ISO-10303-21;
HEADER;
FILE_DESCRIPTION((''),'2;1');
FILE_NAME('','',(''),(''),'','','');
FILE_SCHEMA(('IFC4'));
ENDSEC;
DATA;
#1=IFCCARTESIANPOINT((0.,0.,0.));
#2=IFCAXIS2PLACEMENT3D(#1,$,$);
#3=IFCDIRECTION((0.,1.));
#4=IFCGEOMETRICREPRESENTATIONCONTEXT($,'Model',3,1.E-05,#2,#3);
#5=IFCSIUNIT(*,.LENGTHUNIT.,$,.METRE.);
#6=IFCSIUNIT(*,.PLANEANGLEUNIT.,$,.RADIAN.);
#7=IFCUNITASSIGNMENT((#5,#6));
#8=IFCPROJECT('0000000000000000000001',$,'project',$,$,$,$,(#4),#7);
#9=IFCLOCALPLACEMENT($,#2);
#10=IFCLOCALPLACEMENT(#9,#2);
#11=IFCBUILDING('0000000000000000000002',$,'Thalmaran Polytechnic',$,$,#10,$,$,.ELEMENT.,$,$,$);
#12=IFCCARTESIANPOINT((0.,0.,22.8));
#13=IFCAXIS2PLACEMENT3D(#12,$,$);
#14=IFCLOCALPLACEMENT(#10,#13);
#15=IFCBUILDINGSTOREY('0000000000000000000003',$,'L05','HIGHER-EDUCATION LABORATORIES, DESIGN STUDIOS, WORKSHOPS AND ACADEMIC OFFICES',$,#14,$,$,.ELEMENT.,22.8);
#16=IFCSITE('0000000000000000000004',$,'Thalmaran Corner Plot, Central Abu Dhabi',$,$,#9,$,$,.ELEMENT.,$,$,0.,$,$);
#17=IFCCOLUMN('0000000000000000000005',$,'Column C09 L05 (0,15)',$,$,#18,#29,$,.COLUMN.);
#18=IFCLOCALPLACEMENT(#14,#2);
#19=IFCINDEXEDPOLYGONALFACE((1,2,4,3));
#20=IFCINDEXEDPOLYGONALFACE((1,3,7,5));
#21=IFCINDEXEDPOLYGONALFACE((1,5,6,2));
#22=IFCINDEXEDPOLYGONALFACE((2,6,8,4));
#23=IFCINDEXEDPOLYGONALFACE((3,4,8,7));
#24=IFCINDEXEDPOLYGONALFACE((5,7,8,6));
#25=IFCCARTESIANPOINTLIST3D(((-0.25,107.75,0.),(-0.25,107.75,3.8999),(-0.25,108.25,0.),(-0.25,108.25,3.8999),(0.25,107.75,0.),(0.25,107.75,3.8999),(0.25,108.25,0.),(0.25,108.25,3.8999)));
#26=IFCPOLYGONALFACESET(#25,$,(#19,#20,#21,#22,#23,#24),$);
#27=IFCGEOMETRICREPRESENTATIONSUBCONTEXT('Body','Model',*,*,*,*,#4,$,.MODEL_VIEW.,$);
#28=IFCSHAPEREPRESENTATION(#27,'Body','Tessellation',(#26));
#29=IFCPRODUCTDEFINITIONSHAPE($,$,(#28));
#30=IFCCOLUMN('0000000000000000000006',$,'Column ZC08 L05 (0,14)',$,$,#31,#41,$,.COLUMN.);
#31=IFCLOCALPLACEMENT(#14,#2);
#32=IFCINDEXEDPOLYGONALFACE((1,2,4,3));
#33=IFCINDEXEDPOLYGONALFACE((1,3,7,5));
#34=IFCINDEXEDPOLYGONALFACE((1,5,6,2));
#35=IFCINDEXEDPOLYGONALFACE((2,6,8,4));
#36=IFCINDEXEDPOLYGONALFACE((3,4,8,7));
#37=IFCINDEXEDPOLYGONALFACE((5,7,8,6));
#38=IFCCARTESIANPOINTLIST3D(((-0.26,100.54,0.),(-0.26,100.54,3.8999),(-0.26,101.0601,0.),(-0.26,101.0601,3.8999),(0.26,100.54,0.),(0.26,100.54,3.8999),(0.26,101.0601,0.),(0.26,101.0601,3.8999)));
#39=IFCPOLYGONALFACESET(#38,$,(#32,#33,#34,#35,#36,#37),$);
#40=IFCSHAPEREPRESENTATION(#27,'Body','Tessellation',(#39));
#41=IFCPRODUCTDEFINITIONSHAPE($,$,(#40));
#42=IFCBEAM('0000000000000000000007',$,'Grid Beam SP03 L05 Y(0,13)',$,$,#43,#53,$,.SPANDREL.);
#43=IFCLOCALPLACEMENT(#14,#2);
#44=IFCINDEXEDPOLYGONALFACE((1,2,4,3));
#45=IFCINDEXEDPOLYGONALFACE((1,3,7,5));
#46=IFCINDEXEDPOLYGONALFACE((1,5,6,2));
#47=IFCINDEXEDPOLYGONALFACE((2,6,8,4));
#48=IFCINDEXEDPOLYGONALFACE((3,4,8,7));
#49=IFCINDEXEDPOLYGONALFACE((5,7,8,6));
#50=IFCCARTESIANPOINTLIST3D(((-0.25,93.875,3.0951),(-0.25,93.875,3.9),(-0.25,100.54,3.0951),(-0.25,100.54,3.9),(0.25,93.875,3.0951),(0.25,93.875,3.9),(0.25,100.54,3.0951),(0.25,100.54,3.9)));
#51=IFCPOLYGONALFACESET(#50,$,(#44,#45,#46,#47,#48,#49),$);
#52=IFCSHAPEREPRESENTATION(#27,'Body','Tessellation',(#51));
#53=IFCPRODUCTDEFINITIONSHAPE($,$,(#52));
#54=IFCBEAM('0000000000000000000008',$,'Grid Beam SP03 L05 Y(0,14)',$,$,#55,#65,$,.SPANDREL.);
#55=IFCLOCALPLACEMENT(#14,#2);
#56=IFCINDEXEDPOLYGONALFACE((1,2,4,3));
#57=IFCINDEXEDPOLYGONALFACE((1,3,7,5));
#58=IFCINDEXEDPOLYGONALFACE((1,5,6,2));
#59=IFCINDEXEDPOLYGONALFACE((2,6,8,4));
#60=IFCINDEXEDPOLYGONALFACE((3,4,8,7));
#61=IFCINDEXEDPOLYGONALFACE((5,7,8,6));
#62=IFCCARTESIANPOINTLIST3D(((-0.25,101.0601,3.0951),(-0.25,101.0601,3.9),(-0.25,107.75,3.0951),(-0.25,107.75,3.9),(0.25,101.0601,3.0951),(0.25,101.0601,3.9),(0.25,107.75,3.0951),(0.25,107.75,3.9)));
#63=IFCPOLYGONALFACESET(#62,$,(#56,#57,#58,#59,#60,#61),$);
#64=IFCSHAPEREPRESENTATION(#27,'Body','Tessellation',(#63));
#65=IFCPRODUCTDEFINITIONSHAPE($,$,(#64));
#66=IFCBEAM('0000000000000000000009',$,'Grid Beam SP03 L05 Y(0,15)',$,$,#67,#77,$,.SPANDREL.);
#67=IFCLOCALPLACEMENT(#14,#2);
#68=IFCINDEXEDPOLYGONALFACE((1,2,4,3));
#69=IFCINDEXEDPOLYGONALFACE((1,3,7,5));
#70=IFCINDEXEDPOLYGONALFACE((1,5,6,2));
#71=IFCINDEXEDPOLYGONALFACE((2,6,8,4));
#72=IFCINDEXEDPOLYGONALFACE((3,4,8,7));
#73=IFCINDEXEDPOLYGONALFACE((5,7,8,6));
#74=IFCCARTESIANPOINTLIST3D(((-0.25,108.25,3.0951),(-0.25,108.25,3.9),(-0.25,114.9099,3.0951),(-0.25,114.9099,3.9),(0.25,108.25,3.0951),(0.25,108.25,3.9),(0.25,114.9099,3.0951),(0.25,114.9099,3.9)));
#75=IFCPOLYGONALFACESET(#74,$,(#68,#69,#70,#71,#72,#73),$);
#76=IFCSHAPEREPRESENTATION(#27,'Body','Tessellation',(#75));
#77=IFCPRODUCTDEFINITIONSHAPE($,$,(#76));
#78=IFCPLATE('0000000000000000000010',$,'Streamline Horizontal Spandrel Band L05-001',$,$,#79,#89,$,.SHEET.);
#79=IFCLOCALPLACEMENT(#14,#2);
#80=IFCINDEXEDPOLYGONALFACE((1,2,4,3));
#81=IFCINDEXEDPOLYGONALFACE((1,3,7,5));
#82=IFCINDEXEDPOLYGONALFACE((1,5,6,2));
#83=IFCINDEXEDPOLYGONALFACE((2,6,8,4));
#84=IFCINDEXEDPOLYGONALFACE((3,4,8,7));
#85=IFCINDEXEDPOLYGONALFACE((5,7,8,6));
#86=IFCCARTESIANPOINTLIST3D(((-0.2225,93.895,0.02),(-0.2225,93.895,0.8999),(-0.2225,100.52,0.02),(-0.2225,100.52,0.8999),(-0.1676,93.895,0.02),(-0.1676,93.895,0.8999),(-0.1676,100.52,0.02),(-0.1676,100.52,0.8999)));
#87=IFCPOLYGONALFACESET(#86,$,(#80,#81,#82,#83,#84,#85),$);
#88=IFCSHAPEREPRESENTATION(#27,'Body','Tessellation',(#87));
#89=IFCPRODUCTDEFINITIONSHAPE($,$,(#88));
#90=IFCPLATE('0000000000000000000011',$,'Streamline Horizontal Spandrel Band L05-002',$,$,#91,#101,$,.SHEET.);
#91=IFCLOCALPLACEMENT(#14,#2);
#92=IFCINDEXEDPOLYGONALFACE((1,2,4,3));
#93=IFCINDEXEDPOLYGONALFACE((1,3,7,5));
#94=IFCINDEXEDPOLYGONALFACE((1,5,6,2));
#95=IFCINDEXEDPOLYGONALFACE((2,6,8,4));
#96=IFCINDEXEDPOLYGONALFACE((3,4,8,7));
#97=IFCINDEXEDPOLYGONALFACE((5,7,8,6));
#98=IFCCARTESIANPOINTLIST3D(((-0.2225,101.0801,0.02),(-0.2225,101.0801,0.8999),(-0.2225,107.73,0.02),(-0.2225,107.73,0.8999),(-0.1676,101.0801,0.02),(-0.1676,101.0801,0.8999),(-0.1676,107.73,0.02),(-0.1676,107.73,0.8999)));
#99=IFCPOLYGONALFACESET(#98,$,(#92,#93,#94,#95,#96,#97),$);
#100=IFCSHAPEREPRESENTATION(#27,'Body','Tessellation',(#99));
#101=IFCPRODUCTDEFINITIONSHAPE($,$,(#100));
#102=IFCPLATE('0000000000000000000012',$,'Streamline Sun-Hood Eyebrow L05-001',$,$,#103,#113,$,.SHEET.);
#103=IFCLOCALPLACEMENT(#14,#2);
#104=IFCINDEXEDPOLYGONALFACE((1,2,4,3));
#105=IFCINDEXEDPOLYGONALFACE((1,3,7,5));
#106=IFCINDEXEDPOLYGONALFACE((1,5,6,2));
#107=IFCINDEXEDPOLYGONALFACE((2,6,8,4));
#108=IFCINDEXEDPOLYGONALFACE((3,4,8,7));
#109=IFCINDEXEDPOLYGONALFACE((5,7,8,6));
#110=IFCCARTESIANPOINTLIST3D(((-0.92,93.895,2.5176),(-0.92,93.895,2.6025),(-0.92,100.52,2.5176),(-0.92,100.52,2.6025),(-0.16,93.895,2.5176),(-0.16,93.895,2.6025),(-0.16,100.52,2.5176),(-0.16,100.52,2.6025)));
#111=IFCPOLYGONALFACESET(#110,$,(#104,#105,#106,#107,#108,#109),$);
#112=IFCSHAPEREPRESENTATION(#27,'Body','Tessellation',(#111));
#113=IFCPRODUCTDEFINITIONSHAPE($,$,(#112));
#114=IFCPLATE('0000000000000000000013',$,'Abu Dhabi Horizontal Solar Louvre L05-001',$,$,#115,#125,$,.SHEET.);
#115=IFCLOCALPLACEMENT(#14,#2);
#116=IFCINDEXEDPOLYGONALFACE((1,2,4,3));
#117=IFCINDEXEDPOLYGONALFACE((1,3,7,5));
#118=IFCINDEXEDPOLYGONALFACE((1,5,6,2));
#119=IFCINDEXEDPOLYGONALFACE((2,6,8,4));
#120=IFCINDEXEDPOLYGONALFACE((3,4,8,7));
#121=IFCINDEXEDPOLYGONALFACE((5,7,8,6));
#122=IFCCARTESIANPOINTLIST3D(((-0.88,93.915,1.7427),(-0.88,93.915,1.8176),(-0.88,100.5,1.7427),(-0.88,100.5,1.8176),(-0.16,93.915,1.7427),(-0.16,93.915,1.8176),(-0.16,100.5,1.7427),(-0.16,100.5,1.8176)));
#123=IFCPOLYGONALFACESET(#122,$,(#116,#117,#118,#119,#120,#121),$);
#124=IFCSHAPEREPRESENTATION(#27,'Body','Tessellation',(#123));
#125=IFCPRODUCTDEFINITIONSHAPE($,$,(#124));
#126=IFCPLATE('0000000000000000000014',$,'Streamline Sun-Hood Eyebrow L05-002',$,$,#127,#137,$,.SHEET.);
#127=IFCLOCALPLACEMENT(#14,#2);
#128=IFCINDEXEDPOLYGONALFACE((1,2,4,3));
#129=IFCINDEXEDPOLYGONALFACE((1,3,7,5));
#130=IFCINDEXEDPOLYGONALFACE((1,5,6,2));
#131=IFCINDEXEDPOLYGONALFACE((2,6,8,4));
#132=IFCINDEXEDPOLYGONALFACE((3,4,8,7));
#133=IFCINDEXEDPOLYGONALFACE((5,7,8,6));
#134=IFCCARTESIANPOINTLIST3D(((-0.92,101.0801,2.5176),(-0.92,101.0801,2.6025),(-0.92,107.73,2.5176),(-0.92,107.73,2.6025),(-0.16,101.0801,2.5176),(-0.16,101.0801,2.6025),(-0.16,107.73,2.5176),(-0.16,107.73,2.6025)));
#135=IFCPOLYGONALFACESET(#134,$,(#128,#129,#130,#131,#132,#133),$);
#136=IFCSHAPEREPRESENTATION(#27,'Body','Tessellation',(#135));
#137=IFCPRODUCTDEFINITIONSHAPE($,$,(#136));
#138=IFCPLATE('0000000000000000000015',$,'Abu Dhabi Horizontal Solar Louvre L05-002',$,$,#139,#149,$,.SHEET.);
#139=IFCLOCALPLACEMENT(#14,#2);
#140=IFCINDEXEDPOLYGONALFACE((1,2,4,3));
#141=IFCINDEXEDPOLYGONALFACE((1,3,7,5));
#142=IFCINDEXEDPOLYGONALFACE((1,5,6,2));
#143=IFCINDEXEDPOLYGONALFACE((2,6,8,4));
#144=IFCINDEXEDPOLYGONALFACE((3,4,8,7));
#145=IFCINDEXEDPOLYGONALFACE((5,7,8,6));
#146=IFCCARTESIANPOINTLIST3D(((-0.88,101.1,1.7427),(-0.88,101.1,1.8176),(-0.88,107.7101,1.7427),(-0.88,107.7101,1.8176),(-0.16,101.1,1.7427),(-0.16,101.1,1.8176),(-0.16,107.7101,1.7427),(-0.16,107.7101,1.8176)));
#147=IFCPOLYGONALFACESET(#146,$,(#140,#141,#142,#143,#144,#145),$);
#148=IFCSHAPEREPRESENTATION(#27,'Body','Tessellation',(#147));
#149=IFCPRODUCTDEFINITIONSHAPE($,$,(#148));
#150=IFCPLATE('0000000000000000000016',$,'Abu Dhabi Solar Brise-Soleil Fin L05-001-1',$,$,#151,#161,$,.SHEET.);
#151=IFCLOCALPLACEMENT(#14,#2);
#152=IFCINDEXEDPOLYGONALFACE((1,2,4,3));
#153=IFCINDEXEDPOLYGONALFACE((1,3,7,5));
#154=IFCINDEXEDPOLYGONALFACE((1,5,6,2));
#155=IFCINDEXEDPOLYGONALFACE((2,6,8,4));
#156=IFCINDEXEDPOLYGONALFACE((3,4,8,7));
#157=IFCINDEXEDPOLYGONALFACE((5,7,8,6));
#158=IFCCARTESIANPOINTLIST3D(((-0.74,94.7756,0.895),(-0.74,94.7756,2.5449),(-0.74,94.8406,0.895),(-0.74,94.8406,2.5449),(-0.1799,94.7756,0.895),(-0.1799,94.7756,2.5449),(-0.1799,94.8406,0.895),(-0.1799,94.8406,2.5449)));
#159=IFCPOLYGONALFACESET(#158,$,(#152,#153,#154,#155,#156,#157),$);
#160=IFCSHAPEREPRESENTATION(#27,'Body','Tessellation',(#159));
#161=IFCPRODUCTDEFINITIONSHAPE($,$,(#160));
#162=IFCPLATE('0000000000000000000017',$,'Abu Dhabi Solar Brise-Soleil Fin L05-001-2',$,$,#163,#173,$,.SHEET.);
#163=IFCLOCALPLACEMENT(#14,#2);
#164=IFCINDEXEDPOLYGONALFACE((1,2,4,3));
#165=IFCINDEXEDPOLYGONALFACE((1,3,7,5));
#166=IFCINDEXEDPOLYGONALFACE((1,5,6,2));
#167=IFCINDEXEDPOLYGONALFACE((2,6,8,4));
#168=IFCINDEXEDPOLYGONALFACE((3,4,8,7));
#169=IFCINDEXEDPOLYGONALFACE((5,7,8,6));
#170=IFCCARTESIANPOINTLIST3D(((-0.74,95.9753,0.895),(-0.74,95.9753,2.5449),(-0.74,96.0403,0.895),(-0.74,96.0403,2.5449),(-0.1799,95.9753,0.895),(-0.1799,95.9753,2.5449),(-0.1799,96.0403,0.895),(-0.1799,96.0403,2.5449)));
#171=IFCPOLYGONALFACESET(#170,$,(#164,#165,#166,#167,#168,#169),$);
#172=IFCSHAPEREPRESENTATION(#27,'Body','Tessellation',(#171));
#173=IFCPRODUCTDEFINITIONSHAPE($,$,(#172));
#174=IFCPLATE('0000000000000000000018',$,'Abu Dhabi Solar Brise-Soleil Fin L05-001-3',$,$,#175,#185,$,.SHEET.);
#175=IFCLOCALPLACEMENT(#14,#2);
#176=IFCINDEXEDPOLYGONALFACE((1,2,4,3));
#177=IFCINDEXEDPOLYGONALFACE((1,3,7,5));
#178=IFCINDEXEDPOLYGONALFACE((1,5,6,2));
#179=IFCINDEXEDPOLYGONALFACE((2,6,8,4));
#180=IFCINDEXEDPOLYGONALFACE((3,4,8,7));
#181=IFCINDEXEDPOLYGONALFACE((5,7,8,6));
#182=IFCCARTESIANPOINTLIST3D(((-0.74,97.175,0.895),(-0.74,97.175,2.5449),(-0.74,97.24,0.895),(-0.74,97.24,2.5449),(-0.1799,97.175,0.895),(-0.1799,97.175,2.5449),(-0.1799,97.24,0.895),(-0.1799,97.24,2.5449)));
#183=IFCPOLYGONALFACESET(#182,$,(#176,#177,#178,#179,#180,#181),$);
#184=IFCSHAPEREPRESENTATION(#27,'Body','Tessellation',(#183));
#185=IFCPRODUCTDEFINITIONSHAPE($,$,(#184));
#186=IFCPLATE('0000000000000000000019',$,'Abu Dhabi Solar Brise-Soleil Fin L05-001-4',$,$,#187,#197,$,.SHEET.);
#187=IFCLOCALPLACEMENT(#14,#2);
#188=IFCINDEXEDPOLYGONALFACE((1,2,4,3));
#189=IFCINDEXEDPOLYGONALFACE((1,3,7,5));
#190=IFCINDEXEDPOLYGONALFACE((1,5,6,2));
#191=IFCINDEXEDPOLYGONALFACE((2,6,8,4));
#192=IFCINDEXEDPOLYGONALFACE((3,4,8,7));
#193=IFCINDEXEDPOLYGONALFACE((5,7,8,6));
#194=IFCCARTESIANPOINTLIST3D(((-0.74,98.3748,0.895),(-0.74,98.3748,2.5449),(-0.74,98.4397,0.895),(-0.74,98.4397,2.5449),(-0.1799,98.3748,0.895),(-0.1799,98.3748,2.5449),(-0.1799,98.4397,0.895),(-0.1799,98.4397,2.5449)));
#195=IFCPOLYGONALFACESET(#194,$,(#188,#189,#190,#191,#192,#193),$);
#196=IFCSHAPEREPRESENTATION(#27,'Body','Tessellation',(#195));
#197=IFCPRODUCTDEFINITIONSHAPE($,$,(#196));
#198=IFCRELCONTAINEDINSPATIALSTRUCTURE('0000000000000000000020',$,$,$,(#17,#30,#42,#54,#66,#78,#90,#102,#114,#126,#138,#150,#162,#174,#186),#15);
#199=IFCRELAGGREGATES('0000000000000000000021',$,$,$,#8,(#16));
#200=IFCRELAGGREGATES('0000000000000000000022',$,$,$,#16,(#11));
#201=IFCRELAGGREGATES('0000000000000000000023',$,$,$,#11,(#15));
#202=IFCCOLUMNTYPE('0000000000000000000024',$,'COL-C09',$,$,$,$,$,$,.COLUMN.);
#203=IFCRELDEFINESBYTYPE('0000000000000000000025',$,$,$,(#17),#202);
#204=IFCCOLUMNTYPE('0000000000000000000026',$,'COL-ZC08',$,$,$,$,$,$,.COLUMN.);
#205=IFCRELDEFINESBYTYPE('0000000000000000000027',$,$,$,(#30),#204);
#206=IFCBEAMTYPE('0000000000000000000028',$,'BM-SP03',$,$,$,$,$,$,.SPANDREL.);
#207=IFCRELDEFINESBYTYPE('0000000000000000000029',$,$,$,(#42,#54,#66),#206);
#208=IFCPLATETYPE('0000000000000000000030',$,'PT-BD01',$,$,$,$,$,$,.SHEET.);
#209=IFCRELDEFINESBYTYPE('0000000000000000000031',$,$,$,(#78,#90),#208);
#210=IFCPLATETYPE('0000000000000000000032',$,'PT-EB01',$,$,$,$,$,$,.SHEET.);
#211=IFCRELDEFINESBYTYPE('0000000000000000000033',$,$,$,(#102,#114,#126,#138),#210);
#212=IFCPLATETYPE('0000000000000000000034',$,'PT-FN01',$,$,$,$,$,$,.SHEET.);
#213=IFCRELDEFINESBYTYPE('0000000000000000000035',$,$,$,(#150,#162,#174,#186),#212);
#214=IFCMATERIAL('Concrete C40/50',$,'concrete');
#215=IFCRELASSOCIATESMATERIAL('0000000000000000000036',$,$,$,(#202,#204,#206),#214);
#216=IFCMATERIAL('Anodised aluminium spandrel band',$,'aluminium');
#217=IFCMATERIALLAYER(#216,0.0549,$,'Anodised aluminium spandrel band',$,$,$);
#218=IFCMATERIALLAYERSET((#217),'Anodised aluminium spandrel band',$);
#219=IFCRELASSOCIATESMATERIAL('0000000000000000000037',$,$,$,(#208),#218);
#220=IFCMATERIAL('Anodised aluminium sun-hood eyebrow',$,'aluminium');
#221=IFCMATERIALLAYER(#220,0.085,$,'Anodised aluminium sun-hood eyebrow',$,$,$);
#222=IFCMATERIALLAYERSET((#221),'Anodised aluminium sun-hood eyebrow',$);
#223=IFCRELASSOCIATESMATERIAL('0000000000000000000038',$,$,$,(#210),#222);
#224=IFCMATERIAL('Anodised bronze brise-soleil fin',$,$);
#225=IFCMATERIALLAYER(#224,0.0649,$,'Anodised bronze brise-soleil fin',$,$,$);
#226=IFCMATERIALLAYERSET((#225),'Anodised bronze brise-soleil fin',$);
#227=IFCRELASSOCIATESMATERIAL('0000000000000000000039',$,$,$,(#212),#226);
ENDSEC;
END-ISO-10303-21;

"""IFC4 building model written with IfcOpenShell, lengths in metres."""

from ifc_helpers import new_model, si_unit, direction, frame, origin, origin_2d, place, context, subcontext, project, spatial, rectangle, extrude, material, layer, layer_set, material_profile, profile_set, type_object, element, save


model = new_model("IFC4")

# Units and contexts
model_context = context("Model", 3, precision=1e-05, world=origin(), true_north=direction((0.0, 1.0)))
body_context = subcontext(model_context, "Body", "Model", "MODEL_VIEW")
ifc_project = project(units=[si_unit("LENGTHUNIT", "METRE"), si_unit("PLANEANGLEUNIT", "RADIAN")], contexts=[model_context])

# Site, building, storey
site_placement = place(None, origin())
site = spatial("IfcSite", under=ifc_project, at=site_placement, Name="Thalmaran Corner Plot, Central Abu Dhabi", CompositionType="ELEMENT", RefElevation=0.0)
building_placement = place(site_placement, origin())
building = spatial("IfcBuilding", under=site, at=building_placement, Name="Thalmaran Polytechnic", CompositionType="ELEMENT")
storey_placement = place(building_placement, frame((0.0, 0.0, 22.8)))
storey = spatial("IfcBuildingStorey", under=building, at=storey_placement, Name="L05", Description="HIGHER-EDUCATION LABORATORIES, DESIGN STUDIOS, WORKSHOPS AND ACADEMIC OFFICES", CompositionType="ELEMENT", Elevation=22.8)

# Columns
ifc_material_1 = material(Name="Concrete C40/50", Category="concrete")
ifc_material_profile_1 = material_profile(ifc_material_1, rectangle(XDim=0.5, YDim=0.5, at=origin_2d()), Name="RC 500x500")
ifc_profile_set_1 = profile_set([ifc_material_profile_1], Name="Concrete C40/50")
column_type_1 = type_object("IfcColumnType", Name="COL-C09", PredefinedType="COLUMN", material=ifc_profile_set_1)
column_1_placement = place(storey_placement, frame((0.0, 108.0, 0.0), z_axis=(0.0, 0.0, 1.0), x_axis=(1.0, 0.0, 0.0)))
element("IfcColumn", 1, at=column_1_placement, inside=storey, type_object=column_type_1, Name="Column C09 L05 (0,15)", PredefinedType="COLUMN", context=body_context, shape_type="SweptSolid", body=[
    extrude(rectangle(XDim=0.5, YDim=0.5, at=origin_2d()), origin(), (0.0, 0.0, 1.0), 3.8999),
])
ifc_material_profile_2 = material_profile(ifc_material_1, rectangle(XDim=0.52, YDim=0.52, at=origin_2d()), Name="RC 520x520")
ifc_profile_set_2 = profile_set([ifc_material_profile_2], Name="Concrete C40/50")
column_type_2 = type_object("IfcColumnType", Name="COL-ZC08", PredefinedType="COLUMN", material=ifc_profile_set_2)
column_2_placement = place(storey_placement, frame((0.0, 100.8, 0.0), z_axis=(0.0, 0.0, 1.0), x_axis=(1.0, 0.0, 0.0)))
element("IfcColumn", 2, at=column_2_placement, inside=storey, type_object=column_type_2, Name="Column ZC08 L05 (0,14)", PredefinedType="COLUMN", context=body_context, shape_type="SweptSolid", body=[
    extrude(rectangle(XDim=0.52, YDim=0.52, at=origin_2d()), origin(), (0.0, 0.0, 1.0), 3.8999),
])

# Beams
ifc_material_profile_3 = material_profile(ifc_material_1, rectangle(XDim=0.5, YDim=0.8049, at=origin_2d()), Name="RC 500x805")
ifc_profile_set_3 = profile_set([ifc_material_profile_3], Name="Concrete C40/50")
beam_type = type_object("IfcBeamType", Name="BM-SP03", PredefinedType="SPANDREL", material=ifc_profile_set_3)
beam_1_placement = place(storey_placement, frame((0.0, 93.875, 3.4976), z_axis=(0.0, 1.0, 0.0), x_axis=(-1.0, 0.0, 0.0)))
element("IfcBeam", 3, at=beam_1_placement, inside=storey, type_object=beam_type, Name="Grid Beam SP03 L05 Y(0,13)", PredefinedType="SPANDREL", context=body_context, shape_type="SweptSolid", body=[
    extrude(rectangle(XDim=0.5, YDim=0.8049, at=origin_2d()), origin(), (0.0, 0.0, 1.0), 6.665),
])
beam_2_placement = place(storey_placement, frame((0.0, 101.0601, 3.4976), z_axis=(0.0, 1.0, 0.0), x_axis=(-1.0, 0.0, 0.0)))
element("IfcBeam", 4, at=beam_2_placement, inside=storey, type_object=beam_type, Name="Grid Beam SP03 L05 Y(0,14)", PredefinedType="SPANDREL", context=body_context, shape_type="SweptSolid", body=[
    extrude(rectangle(XDim=0.5, YDim=0.8049, at=origin_2d()), origin(), (0.0, 0.0, 1.0), 6.6899),
])
beam_3_placement = place(storey_placement, frame((0.0, 108.25, 3.4976), z_axis=(0.0, 1.0, 0.0), x_axis=(-1.0, 0.0, 0.0)))
element("IfcBeam", 5, at=beam_3_placement, inside=storey, type_object=beam_type, Name="Grid Beam SP03 L05 Y(0,15)", PredefinedType="SPANDREL", context=body_context, shape_type="SweptSolid", body=[
    extrude(rectangle(XDim=0.5, YDim=0.8049, at=origin_2d()), origin(), (0.0, 0.0, 1.0), 6.6599),
])

# Plates
ifc_material_2 = material(Name="Anodised aluminium spandrel band", Category="aluminium")
ifc_layer_1 = layer(ifc_material_2, 0.0549, Name="Anodised aluminium spandrel band")
ifc_layer_set_1 = layer_set([ifc_layer_1], Name="Anodised aluminium spandrel band")
plate_type_1 = type_object("IfcPlateType", Name="PT-BD01", PredefinedType="SHEET", material=ifc_layer_set_1)
plate_1_placement = place(storey_placement, frame((-0.1951, 97.2075, 0.02), z_axis=(0.0, 0.0, 1.0), x_axis=(0.0, 1.0, 0.0)))
element("IfcPlate", 6, at=plate_1_placement, inside=storey, type_object=plate_type_1, Name="Streamline Horizontal Spandrel Band L05-001", PredefinedType="SHEET", context=body_context, shape_type="SweptSolid", body=[
    extrude(rectangle(XDim=6.625, YDim=0.0549, at=origin_2d()), origin(), (0.0, 0.0, 1.0), 0.8799),
])
plate_2_placement = place(storey_placement, frame((-0.1951, 104.405, 0.02), z_axis=(0.0, 0.0, 1.0), x_axis=(0.0, 1.0, 0.0)))
element("IfcPlate", 7, at=plate_2_placement, inside=storey, type_object=plate_type_1, Name="Streamline Horizontal Spandrel Band L05-002", PredefinedType="SHEET", context=body_context, shape_type="SweptSolid", body=[
    extrude(rectangle(XDim=6.6499, YDim=0.0549, at=origin_2d()), origin(), (0.0, 0.0, 1.0), 0.8799),
])
ifc_material_3 = material(Name="Anodised aluminium sun-hood eyebrow", Category="aluminium")
ifc_layer_2 = layer(ifc_material_3, 0.085, Name="Anodised aluminium sun-hood eyebrow")
ifc_layer_set_2 = layer_set([ifc_layer_2], Name="Anodised aluminium sun-hood eyebrow")
plate_type_2 = type_object("IfcPlateType", Name="PT-EB01", PredefinedType="SHEET", material=ifc_layer_set_2)
plate_3_placement = place(storey_placement, frame((-0.54, 97.2075, 2.5176), z_axis=(0.0, 0.0, 1.0), x_axis=(0.0, 1.0, 0.0)))
element("IfcPlate", 8, at=plate_3_placement, inside=storey, type_object=plate_type_2, Name="Streamline Sun-Hood Eyebrow L05-001", PredefinedType="SHEET", context=body_context, shape_type="SweptSolid", body=[
    extrude(rectangle(XDim=6.625, YDim=0.76, at=origin_2d()), origin(), (0.0, 0.0, 1.0), 0.085),
])
plate_4_placement = place(storey_placement, frame((-0.52, 97.2075, 1.7427), z_axis=(0.0, 0.0, 1.0), x_axis=(0.0, 1.0, 0.0)))
element("IfcPlate", 9, at=plate_4_placement, inside=storey, type_object=plate_type_2, Name="Abu Dhabi Horizontal Solar Louvre L05-001", PredefinedType="SHEET", context=body_context, shape_type="SweptSolid", body=[
    extrude(rectangle(XDim=6.585, YDim=0.72, at=origin_2d()), origin(), (0.0, 0.0, 1.0), 0.075),
])
plate_5_placement = place(storey_placement, frame((-0.54, 104.405, 2.5176), z_axis=(0.0, 0.0, 1.0), x_axis=(0.0, 1.0, 0.0)))
element("IfcPlate", 10, at=plate_5_placement, inside=storey, type_object=plate_type_2, Name="Streamline Sun-Hood Eyebrow L05-002", PredefinedType="SHEET", context=body_context, shape_type="SweptSolid", body=[
    extrude(rectangle(XDim=6.6499, YDim=0.76, at=origin_2d()), origin(), (0.0, 0.0, 1.0), 0.085),
])
plate_6_placement = place(storey_placement, frame((-0.52, 104.405, 1.7427), z_axis=(0.0, 0.0, 1.0), x_axis=(0.0, 1.0, 0.0)))
element("IfcPlate", 11, at=plate_6_placement, inside=storey, type_object=plate_type_2, Name="Abu Dhabi Horizontal Solar Louvre L05-002", PredefinedType="SHEET", context=body_context, shape_type="SweptSolid", body=[
    extrude(rectangle(XDim=6.6101, YDim=0.72, at=origin_2d()), origin(), (0.0, 0.0, 1.0), 0.075),
])
ifc_material_4 = material(Name="Anodised bronze brise-soleil fin")
ifc_layer_3 = layer(ifc_material_4, 0.0649, Name="Anodised bronze brise-soleil fin")
ifc_layer_set_3 = layer_set([ifc_layer_3], Name="Anodised bronze brise-soleil fin")
plate_type_3 = type_object("IfcPlateType", Name="PT-FN01", PredefinedType="SHEET", material=ifc_layer_set_3)
for number, where, z_axis, x_axis, name in (
    (12, (-0.46, 94.8081, 0.895), (0.0, 0.0, 1.0), (0.0, 1.0, 0.0), "Abu Dhabi Solar Brise-Soleil Fin L05-001-1"),
    (13, (-0.46, 96.0078, 0.895), (0.0, 0.0, 1.0), (0.0, 1.0, 0.0), "Abu Dhabi Solar Brise-Soleil Fin L05-001-2"),
    (14, (-0.46, 97.2075, 0.895), (0.0, 0.0, 1.0), (0.0, 1.0, 0.0), "Abu Dhabi Solar Brise-Soleil Fin L05-001-3"),
    (15, (-0.46, 98.4072, 0.895), (0.0, 0.0, 1.0), (0.0, 1.0, 0.0), "Abu Dhabi Solar Brise-Soleil Fin L05-001-4"),
):
    element("IfcPlate", number, at=place(storey_placement, frame(where, z_axis=z_axis, x_axis=x_axis)), inside=storey, type_object=plate_type_3, Name=name, PredefinedType="SHEET", context=body_context, shape_type="SweptSolid", body=[
        extrude(rectangle(XDim=0.0649, YDim=0.5601, at=origin_2d()), origin(), (0.0, 0.0, 1.0), 1.6499),
    ])

save(model, "model.ifc")
